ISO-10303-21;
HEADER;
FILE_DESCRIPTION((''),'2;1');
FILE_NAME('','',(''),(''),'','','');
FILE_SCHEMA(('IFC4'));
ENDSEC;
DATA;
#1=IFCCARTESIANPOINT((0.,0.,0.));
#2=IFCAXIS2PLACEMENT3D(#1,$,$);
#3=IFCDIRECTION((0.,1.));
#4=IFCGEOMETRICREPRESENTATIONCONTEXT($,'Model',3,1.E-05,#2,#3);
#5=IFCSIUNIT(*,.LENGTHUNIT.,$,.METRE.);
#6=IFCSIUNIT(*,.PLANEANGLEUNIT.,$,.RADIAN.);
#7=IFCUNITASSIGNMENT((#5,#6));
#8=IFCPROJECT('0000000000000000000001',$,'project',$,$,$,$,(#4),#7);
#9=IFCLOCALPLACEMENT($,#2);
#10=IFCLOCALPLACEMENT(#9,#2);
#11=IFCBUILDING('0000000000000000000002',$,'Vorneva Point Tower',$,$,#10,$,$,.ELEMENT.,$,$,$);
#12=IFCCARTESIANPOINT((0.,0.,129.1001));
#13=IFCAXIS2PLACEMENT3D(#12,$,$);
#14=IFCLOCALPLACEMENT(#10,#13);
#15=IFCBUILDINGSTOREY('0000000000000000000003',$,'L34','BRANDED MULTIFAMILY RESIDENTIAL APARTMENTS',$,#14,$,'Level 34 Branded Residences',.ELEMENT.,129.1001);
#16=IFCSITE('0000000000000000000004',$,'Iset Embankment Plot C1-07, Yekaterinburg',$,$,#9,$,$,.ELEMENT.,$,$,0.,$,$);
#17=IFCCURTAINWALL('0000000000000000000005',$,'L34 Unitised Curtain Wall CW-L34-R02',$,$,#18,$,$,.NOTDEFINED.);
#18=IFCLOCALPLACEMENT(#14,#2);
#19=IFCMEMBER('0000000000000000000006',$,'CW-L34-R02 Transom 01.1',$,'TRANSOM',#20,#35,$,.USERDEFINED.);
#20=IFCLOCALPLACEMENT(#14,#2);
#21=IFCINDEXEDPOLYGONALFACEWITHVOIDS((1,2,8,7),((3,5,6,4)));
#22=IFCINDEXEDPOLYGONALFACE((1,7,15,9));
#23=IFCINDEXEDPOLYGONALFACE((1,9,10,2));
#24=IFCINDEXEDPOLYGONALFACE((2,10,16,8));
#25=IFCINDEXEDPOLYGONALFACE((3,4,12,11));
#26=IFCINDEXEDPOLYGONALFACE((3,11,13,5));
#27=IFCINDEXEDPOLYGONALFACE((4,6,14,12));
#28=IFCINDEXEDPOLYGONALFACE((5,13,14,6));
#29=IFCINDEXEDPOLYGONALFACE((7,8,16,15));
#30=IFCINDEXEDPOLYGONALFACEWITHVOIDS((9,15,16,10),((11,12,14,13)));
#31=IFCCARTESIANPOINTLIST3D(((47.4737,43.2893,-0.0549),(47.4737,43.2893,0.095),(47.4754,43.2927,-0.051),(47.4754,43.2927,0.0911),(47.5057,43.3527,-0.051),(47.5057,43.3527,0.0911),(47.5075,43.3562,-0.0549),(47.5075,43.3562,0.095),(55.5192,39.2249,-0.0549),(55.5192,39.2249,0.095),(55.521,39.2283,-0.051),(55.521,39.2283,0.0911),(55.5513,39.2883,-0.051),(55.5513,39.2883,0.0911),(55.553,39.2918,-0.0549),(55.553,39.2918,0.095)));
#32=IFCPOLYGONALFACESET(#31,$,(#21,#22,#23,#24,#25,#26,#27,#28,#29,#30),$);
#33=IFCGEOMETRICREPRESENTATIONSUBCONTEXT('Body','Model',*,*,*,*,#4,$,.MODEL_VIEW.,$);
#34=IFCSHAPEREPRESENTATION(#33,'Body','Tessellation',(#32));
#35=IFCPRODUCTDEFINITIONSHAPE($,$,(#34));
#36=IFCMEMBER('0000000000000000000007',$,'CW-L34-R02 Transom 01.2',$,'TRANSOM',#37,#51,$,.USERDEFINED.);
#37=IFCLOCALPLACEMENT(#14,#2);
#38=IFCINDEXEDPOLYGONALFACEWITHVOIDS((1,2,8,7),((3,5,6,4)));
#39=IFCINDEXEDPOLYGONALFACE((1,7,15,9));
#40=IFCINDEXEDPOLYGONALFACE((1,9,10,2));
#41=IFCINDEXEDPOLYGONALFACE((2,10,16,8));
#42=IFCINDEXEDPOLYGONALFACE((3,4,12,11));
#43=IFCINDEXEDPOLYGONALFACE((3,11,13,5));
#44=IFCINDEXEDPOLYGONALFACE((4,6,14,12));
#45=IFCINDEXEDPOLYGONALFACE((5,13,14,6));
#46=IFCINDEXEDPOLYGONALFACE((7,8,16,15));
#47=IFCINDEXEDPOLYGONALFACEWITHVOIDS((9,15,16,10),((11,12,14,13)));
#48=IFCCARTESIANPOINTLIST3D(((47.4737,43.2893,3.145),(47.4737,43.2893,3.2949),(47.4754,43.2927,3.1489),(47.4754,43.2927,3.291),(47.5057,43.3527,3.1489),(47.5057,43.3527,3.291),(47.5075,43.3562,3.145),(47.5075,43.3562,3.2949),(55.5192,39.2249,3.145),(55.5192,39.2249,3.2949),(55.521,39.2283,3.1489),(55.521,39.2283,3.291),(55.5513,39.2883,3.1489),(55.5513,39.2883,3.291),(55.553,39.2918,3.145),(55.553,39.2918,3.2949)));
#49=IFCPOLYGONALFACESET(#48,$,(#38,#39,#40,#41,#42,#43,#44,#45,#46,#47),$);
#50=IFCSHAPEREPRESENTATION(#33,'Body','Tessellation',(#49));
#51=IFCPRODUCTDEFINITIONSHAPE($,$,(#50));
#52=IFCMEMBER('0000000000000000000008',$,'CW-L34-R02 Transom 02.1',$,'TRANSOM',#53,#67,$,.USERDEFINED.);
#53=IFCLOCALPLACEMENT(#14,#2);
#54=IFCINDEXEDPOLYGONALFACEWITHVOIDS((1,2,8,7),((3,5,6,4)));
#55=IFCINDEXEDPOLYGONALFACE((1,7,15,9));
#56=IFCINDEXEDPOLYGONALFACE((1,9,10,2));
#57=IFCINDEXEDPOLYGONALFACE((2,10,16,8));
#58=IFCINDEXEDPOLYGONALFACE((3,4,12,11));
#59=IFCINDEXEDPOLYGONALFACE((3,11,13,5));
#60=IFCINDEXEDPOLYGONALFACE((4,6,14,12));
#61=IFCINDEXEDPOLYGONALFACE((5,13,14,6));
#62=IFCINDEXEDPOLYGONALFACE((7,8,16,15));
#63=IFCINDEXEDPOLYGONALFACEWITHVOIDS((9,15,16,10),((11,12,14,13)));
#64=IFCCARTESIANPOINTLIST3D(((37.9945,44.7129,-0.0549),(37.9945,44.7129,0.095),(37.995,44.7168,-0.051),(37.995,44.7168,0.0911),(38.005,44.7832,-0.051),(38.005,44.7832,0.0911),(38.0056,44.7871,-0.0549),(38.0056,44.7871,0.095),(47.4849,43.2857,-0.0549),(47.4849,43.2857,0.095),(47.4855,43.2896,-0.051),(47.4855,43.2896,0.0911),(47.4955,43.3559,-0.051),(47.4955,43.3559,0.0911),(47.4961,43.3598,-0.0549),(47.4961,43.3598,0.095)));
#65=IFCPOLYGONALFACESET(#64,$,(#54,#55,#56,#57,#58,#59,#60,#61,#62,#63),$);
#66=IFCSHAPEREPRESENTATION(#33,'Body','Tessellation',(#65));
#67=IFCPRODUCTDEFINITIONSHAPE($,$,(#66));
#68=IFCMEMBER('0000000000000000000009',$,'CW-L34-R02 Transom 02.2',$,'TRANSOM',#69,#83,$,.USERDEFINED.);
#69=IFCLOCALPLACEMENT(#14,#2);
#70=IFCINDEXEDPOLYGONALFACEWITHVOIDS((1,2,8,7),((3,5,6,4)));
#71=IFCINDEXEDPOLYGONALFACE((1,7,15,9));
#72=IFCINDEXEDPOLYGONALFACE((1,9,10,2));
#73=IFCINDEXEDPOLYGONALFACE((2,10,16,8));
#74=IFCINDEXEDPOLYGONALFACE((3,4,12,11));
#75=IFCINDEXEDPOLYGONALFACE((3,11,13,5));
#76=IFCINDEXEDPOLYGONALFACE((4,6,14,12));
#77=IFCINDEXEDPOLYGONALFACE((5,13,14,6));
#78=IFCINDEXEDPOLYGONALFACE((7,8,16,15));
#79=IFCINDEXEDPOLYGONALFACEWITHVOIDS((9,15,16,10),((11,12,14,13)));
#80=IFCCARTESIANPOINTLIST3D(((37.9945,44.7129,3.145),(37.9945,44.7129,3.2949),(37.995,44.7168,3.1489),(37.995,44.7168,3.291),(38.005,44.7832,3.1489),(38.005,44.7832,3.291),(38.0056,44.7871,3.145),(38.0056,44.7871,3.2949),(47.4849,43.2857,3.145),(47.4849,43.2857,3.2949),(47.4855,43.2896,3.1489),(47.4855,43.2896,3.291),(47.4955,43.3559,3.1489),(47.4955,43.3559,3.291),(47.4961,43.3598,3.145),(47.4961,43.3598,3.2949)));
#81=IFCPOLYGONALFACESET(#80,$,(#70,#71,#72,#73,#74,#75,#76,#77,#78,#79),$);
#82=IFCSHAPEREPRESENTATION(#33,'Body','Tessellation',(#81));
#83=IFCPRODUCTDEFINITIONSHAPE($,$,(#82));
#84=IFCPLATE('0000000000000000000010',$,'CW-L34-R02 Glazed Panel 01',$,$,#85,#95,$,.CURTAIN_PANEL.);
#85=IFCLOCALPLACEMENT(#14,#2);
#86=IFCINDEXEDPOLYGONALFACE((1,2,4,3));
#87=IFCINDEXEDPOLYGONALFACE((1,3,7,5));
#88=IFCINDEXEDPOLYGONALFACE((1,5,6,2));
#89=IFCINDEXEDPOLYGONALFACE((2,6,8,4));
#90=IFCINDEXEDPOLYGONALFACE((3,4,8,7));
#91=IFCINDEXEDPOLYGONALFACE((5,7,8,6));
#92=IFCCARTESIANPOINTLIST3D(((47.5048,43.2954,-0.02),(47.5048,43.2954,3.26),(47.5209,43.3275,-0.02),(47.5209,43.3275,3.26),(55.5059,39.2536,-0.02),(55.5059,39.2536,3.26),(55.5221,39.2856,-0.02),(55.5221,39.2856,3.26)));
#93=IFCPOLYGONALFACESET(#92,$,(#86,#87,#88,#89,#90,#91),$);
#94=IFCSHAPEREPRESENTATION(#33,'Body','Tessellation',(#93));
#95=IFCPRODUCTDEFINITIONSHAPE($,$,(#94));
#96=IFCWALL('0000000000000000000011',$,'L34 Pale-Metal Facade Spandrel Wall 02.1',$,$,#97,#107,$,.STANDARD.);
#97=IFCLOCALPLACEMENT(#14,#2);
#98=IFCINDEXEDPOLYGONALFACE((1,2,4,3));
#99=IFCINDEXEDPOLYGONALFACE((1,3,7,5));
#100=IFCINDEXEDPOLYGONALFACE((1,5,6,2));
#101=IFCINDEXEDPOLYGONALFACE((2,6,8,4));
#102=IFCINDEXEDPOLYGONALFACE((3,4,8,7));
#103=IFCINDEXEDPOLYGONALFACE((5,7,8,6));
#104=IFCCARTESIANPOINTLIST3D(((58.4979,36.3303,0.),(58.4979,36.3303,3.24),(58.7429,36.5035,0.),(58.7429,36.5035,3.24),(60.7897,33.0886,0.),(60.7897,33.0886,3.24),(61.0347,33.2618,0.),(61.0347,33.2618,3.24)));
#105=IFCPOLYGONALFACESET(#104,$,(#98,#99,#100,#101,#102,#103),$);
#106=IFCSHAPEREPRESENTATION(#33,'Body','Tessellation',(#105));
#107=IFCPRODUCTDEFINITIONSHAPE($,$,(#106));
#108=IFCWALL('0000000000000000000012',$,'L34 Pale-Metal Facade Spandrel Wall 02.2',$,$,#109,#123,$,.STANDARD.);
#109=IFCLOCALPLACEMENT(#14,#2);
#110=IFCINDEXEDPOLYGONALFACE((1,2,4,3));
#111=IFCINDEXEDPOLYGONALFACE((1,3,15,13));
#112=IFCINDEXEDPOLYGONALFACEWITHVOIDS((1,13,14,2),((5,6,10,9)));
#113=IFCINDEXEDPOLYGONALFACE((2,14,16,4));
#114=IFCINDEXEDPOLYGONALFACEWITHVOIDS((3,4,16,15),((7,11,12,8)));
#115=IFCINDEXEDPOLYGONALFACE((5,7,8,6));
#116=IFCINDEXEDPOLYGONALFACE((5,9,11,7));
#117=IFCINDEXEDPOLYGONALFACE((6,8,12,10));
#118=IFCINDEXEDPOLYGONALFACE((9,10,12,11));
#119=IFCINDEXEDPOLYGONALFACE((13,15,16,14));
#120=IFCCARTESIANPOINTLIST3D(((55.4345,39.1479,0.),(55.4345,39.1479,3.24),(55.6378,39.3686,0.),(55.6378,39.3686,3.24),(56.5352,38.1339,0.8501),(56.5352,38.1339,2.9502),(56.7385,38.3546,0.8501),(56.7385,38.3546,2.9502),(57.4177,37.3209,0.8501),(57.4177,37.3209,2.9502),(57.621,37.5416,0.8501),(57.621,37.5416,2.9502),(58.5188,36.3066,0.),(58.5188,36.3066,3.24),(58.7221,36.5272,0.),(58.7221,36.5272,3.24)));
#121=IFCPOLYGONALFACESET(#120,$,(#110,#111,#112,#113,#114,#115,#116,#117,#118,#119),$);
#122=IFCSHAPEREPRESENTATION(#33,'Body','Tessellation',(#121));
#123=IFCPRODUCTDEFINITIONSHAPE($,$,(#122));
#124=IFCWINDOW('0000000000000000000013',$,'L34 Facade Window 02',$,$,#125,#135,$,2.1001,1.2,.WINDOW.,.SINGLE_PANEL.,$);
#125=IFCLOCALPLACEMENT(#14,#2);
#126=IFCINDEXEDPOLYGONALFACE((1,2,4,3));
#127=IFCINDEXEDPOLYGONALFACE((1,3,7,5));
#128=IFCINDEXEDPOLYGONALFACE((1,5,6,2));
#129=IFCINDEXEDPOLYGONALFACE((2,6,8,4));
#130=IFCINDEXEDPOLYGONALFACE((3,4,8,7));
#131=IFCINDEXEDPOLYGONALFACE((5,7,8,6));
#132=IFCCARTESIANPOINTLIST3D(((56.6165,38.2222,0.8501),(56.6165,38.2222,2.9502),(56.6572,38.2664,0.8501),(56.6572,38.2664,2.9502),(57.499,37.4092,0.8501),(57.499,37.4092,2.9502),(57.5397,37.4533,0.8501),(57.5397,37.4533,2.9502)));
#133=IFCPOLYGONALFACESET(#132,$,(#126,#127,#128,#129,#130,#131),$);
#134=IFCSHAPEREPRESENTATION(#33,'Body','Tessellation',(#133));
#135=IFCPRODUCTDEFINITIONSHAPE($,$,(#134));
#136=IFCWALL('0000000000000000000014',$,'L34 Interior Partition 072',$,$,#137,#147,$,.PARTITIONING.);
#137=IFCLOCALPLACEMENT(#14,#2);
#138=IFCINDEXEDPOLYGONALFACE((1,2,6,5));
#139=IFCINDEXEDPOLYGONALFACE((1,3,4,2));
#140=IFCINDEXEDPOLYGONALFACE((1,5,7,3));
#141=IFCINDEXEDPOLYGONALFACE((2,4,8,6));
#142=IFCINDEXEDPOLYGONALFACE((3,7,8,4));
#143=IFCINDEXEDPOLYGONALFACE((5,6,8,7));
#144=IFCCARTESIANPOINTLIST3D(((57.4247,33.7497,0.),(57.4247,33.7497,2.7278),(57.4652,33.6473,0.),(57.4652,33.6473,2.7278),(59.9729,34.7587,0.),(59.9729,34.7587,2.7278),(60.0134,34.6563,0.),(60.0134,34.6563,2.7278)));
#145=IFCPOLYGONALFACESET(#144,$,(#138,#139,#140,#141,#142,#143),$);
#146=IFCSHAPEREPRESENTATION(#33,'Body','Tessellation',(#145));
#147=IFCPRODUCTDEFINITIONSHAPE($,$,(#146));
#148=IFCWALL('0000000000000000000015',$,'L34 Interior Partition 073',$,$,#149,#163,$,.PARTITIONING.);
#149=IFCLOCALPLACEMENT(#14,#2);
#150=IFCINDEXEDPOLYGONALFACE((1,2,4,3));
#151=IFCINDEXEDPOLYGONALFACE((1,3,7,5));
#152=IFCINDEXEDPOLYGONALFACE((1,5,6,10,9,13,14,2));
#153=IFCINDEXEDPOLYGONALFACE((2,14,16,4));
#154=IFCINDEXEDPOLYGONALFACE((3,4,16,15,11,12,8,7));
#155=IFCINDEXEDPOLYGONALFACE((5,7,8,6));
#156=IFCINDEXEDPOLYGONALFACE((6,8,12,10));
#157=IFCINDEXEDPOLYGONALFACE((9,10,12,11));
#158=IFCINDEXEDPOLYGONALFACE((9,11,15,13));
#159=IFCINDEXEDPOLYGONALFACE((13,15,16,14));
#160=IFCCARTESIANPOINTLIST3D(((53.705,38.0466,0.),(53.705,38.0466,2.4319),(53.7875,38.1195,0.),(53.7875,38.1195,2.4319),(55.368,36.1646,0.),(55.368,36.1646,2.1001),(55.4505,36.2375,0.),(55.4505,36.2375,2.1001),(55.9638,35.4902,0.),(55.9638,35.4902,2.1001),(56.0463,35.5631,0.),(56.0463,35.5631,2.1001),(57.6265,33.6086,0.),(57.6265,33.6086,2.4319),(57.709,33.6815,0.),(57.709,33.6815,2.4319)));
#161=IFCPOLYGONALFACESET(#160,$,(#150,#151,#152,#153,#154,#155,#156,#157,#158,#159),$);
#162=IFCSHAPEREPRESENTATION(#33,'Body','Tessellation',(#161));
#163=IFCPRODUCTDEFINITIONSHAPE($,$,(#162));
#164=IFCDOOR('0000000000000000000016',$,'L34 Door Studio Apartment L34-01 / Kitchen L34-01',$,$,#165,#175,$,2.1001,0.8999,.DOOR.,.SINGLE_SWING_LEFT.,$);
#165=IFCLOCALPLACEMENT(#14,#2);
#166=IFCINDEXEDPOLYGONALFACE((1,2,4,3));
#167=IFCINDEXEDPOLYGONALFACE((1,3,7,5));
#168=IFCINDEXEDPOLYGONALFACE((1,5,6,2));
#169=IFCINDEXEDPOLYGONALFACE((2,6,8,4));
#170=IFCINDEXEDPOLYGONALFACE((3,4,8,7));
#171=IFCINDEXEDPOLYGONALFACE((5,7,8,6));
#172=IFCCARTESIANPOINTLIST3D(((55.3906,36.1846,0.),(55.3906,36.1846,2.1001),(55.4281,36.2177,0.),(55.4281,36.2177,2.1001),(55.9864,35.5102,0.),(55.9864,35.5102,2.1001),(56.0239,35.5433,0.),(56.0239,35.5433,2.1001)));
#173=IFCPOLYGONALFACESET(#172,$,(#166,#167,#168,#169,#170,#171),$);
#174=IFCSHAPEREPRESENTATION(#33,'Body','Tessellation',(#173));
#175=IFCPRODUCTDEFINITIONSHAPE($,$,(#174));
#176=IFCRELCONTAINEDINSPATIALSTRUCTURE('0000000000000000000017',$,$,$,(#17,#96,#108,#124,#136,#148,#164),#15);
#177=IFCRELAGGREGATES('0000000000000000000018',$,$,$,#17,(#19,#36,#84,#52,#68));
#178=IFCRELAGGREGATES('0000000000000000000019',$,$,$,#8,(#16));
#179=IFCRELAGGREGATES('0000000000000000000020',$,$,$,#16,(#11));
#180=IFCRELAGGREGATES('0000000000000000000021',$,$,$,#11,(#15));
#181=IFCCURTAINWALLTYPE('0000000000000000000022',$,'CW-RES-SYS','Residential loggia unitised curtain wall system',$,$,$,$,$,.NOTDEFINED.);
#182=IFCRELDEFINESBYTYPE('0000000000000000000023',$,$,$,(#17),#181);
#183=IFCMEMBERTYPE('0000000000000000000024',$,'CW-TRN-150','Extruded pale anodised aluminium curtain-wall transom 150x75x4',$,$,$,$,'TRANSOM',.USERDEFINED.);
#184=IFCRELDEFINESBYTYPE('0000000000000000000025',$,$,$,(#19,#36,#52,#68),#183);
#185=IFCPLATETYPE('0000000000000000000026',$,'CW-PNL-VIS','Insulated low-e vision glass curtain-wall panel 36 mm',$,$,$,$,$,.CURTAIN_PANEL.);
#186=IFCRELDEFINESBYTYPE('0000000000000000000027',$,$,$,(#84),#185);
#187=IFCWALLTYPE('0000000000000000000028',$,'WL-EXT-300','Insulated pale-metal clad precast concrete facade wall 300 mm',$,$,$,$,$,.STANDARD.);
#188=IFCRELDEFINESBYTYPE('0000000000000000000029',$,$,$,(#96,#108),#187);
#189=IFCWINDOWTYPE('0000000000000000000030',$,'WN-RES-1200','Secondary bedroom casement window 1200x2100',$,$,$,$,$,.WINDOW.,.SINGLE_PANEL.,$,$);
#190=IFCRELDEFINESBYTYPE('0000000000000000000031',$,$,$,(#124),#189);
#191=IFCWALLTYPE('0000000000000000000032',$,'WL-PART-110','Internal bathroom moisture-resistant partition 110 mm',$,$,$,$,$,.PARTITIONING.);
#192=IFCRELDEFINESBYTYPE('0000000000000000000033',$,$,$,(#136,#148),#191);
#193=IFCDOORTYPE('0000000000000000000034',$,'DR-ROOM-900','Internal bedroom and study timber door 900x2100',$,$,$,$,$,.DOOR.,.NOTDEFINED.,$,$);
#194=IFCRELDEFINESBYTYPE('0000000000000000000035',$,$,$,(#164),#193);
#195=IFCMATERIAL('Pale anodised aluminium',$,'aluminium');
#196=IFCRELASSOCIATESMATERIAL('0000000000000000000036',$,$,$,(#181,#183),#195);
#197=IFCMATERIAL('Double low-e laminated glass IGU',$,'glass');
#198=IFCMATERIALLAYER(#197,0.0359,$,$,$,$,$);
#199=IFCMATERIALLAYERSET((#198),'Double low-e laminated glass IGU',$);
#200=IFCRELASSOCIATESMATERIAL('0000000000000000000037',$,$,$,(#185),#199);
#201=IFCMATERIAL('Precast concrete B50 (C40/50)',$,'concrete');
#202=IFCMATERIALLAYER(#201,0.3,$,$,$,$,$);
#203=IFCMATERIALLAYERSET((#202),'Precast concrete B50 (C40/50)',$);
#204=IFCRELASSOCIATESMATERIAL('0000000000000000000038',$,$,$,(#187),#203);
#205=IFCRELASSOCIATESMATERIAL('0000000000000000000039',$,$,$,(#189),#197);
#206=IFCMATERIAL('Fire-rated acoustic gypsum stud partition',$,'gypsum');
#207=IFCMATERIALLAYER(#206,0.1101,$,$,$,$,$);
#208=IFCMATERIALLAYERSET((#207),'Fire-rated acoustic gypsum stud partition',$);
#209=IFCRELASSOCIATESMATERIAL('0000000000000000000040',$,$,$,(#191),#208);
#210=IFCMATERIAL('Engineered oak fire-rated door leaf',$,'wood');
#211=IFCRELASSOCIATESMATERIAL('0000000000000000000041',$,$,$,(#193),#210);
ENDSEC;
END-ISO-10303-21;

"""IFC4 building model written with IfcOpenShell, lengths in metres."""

from ifc_helpers import new_model, si_unit, direction, frame, frame_2d, origin, origin_2d, place, context, subcontext, project, spatial, rectangle, hollow_rectangle, extrude, material, layer, layer_set, material_profile, profile_set, type_object, element, fill, aggregate, save


model = new_model("IFC4")

# Units and contexts
model_context = context("Model", 3, precision=1e-05, world=origin(), true_north=direction((0.0, 1.0)))
body_context = subcontext(model_context, "Body", "Model", "MODEL_VIEW")
ifc_project = project(units=[si_unit("LENGTHUNIT", "METRE"), si_unit("PLANEANGLEUNIT", "RADIAN")], contexts=[model_context])

# Site, building, storey
site_placement = place(None, origin())
site = spatial("IfcSite", under=ifc_project, at=site_placement, Name="Iset Embankment Plot C1-07, Yekaterinburg", CompositionType="ELEMENT", RefElevation=0.0)
building_placement = place(site_placement, origin())
building = spatial("IfcBuilding", under=site, at=building_placement, Name="Vorneva Point Tower", CompositionType="ELEMENT")
storey_placement = place(building_placement, frame((0.0, 0.0, 129.1001)))
storey = spatial("IfcBuildingStorey", under=building, at=storey_placement, Name="L34", Description="BRANDED MULTIFAMILY RESIDENTIAL APARTMENTS", LongName="Level 34 Branded Residences", CompositionType="ELEMENT", Elevation=129.1001)

# Shared definitions
ifc_material_1 = material(Name="Pale anodised aluminium", Category="aluminium")
curtain_wall_type = type_object("IfcCurtainWallType", Name="CW-RES-SYS", Description="Residential loggia unitised curtain wall system", PredefinedType="NOTDEFINED", material=ifc_material_1)

# Curtain wall, members, plate
curtain_wall_1_placement = place(storey_placement, origin())
curtain_wall_1 = element("IfcCurtainWall", 1, at=curtain_wall_1_placement, inside=storey, type_object=curtain_wall_type, Name="L34 Unitised Curtain Wall CW-L34-R02", PredefinedType="NOTDEFINED")
ifc_material_profile_1 = material_profile(ifc_material_1, hollow_rectangle(XDim=0.075, YDim=0.1499, WallThickness=0.0039, at=origin_2d()), Name="AL-TRN 150x75x4")
ifc_profile_set_1 = profile_set([ifc_material_profile_1], Name="Pale anodised aluminium")
member_type_1 = type_object("IfcMemberType", Name="CW-TRN-150", Description="Extruded pale anodised aluminium curtain-wall transom 150x75x4", ElementType="TRANSOM", PredefinedType="USERDEFINED", material=ifc_profile_set_1)
member_1_placement = place(storey_placement, frame((55.5361, 39.2583, 0.02), z_axis=(-0.892572, 0.450904, 0.0), x_axis=(-0.450904, -0.892572, 0.0)))
member_1 = element("IfcMember", 2, at=member_1_placement, type_object=member_type_1, Name="CW-L34-R02 Transom 01.1", ObjectType="TRANSOM", PredefinedType="USERDEFINED", context=body_context, shape_type="SweptSolid", body=[
    extrude(hollow_rectangle(XDim=0.075, YDim=0.1499, WallThickness=0.0039, at=origin_2d()), origin(), (0.0, 0.0, 1.0), 9.0139),
])
member_2_placement = place(storey_placement, frame((55.5361, 39.2583, 3.22), z_axis=(-0.892572, 0.450904, 0.0), x_axis=(-0.450904, -0.892572, 0.0)))
member_2 = element("IfcMember", 3, at=member_2_placement, type_object=member_type_1, Name="CW-L34-R02 Transom 01.2", ObjectType="TRANSOM", PredefinedType="USERDEFINED", context=body_context, shape_type="SweptSolid", body=[
    extrude(hollow_rectangle(XDim=0.075, YDim=0.1499, WallThickness=0.0039, at=origin_2d()), origin(), (0.0, 0.0, 1.0), 9.0139),
])
member_3_placement = place(storey_placement, frame((47.4905, 43.3228, 0.02), z_axis=(-0.98888, 0.148715, 0.0), x_axis=(-0.148715, -0.98888, 0.0)))
member_3 = element("IfcMember", 4, at=member_3_placement, type_object=member_type_1, Name="CW-L34-R02 Transom 02.1", ObjectType="TRANSOM", PredefinedType="USERDEFINED", context=body_context, shape_type="SweptSolid", body=[
    extrude(hollow_rectangle(XDim=0.075, YDim=0.1499, WallThickness=0.0039, at=origin_2d()), origin(), (0.0, 0.0, 1.0), 9.5972),
])
member_4_placement = place(storey_placement, frame((47.4905, 43.3228, 3.22), z_axis=(-0.98888, 0.148715, 0.0), x_axis=(-0.148715, -0.98888, 0.0)))
member_4 = element("IfcMember", 5, at=member_4_placement, type_object=member_type_1, Name="CW-L34-R02 Transom 02.2", ObjectType="TRANSOM", PredefinedType="USERDEFINED", context=body_context, shape_type="SweptSolid", body=[
    extrude(hollow_rectangle(XDim=0.075, YDim=0.1499, WallThickness=0.0039, at=origin_2d()), origin(), (0.0, 0.0, 1.0), 9.5972),
])
ifc_material_2 = material(Name="Double low-e laminated glass IGU", Category="glass")
ifc_layer_1 = layer(ifc_material_2, 0.0359)
ifc_layer_set_1 = layer_set([ifc_layer_1], Name="Double low-e laminated glass IGU")
plate_type = type_object("IfcPlateType", Name="CW-PNL-VIS", Description="Insulated low-e vision glass curtain-wall panel 36 mm", PredefinedType="CURTAIN_PANEL", material=ifc_layer_set_1)
plate_placement = place(storey_placement, frame((51.5134, 41.2905, -0.02), z_axis=(0.0, 0.0, 1.0), x_axis=(-0.892578, 0.450893, 0.0)))
plate = element("IfcPlate", 6, at=plate_placement, type_object=plate_type, Name="CW-L34-R02 Glazed Panel 01", PredefinedType="CURTAIN_PANEL", context=body_context, shape_type="SweptSolid", body=[
    extrude(rectangle(XDim=8.9641, YDim=0.0359, at=origin_2d()), origin(), (0.0, 0.0, 1.0), 3.28),
])
aggregate(curtain_wall_1, [member_1, member_2, plate, member_3, member_4])

# Wall
ifc_material_3 = material(Name="Precast concrete B50 (C40/50)", Category="concrete")
ifc_layer_2 = layer(ifc_material_3, 0.3)
ifc_layer_set_2 = layer_set([ifc_layer_2], Name="Precast concrete B50 (C40/50)")
wall_type_1 = type_object("IfcWallType", Name="WL-EXT-300", Description="Insulated pale-metal clad precast concrete facade wall 300 mm", PredefinedType="STANDARD", material=ifc_layer_set_2)
wall_1_placement = place(storey_placement, frame((60.9121, 33.1753, 0.0), z_axis=(0.0, 0.0, 1.0), x_axis=(-0.57727, 0.816554, 0.0)))
element("IfcWall", 7, at=wall_1_placement, inside=storey, type_object=wall_type_1, Name="L34 Pale-Metal Facade Spandrel Wall 02.1", PredefinedType="STANDARD", context=body_context, shape_type="SweptSolid", body=[
    extrude(rectangle(XDim=3.97, YDim=0.3, at=frame_2d((1.9849, 0.0))), origin(), (0.0, 0.0, 1.0), 3.24),
])

# Wall, opening, window
wall_2_placement = place(storey_placement, frame((58.6204, 36.417, 0.0), z_axis=(0.0, 0.0, 1.0), x_axis=(-0.735477, 0.67755, 0.0)))
wall_2 = element("IfcWall", 8, at=wall_2_placement, inside=storey, type_object=wall_type_1, Name="L34 Pale-Metal Facade Spandrel Wall 02.2", PredefinedType="STANDARD", context=body_context, shape_type="SweptSolid", body=[
    extrude(rectangle(XDim=4.1936, YDim=0.3, at=frame_2d((2.0967, 0.0))), origin(), (0.0, 0.0, 1.0), 3.24),
])
opening_1_placement = place(wall_2_placement, frame((1.4968, 0.0, 0.8501)))
opening_1 = element("IfcOpeningElement", 9, at=opening_1_placement, cuts=wall_2, PredefinedType="OPENING", context=body_context, shape_type="SweptSolid", body=[
    extrude(rectangle(XDim=1.2, YDim=2.1001, at=frame_2d((0.6001, 1.05))), frame((0.0, 0.165, 0.0), z_axis=(0.0, -1.0, 0.0), x_axis=(1.0, 0.0, 0.0)), (0.0, 0.0, 1.0), 0.3298),
])
window_type = type_object("IfcWindowType", Name="WN-RES-1200", Description="Secondary bedroom casement window 1200x2100", PartitioningType="SINGLE_PANEL", PredefinedType="WINDOW", material=ifc_material_2)
window_placement = place(opening_1_placement, origin())
window = element("IfcWindow", 10, at=window_placement, inside=storey, type_object=window_type, Name="L34 Facade Window 02", OverallHeight=2.1001, OverallWidth=1.2, PartitioningType="SINGLE_PANEL", PredefinedType="WINDOW", context=body_context, shape_type="SweptSolid", body=[
    extrude(rectangle(XDim=1.2, YDim=2.1001, at=frame_2d((0.6001, 1.05))), frame((0.0, 0.03, 0.0), z_axis=(0.0, -1.0, 0.0), x_axis=(1.0, 0.0, 0.0)), (0.0, 0.0, 1.0), 0.0601),
])
fill(opening_1, window)

# Wall
ifc_material_4 = material(Name="Fire-rated acoustic gypsum stud partition", Category="gypsum")
ifc_layer_3 = layer(ifc_material_4, 0.1101)
ifc_layer_set_3 = layer_set([ifc_layer_3], Name="Fire-rated acoustic gypsum stud partition")
wall_type_2 = type_object("IfcWallType", Name="WL-PART-110", Description="Internal bathroom moisture-resistant partition 110 mm", PredefinedType="PARTITIONING", material=ifc_layer_set_3)
wall_3_placement = place(storey_placement, frame((59.9932, 34.7075, 0.0), z_axis=(0.0, 0.0, 1.0), x_axis=(-0.929767, -0.368148, 0.0)))
element("IfcWall", 11, at=wall_3_placement, inside=storey, type_object=wall_type_2, Name="L34 Interior Partition 072", PredefinedType="PARTITIONING", context=body_context, shape_type="SweptSolid", body=[
    extrude(rectangle(XDim=2.7407, YDim=0.1101, at=frame_2d((1.3704, 0.0))), origin(), (0.0, 0.0, 1.0), 2.7278),
])

# Wall, opening, door
wall_4_placement = place(storey_placement, frame((57.6677, 33.645, 0.0), z_axis=(0.0, 0.0, 1.0), x_axis=(-0.662145, 0.749376, 0.0)))
wall_4 = element("IfcWall", 12, at=wall_4_placement, inside=storey, type_object=wall_type_2, Name="L34 Interior Partition 073", PredefinedType="PARTITIONING", context=body_context, shape_type="SweptSolid", body=[
    extrude(rectangle(XDim=5.9224, YDim=0.1101, at=frame_2d((2.9612, 0.0))), origin(), (0.0, 0.0, 1.0), 2.4319),
])
opening_2_placement = place(wall_4_placement, frame((2.511, 0.0, 0.0)))
opening_2 = element("IfcOpeningElement", 13, at=opening_2_placement, cuts=wall_4, PredefinedType="OPENING", context=body_context, shape_type="SweptSolid", body=[
    extrude(rectangle(XDim=0.8999, YDim=2.1001, at=frame_2d((0.45, 1.05))), frame((0.0, 0.0698, 0.0), z_axis=(0.0, -1.0, 0.0), x_axis=(1.0, 0.0, 0.0)), (0.0, 0.0, 1.0), 0.1399),
])
ifc_material_5 = material(Name="Engineered oak fire-rated door leaf", Category="wood")
door_type = type_object("IfcDoorType", Name="DR-ROOM-900", Description="Internal bedroom and study timber door 900x2100", OperationType="NOTDEFINED", PredefinedType="DOOR", material=ifc_material_5)
door_placement = place(opening_2_placement, origin())
door = element("IfcDoor", 14, at=door_placement, inside=storey, type_object=door_type, Name="L34 Door Studio Apartment L34-01 / Kitchen L34-01", OperationType="SINGLE_SWING_LEFT", OverallHeight=2.1001, OverallWidth=0.8999, PredefinedType="DOOR", context=body_context, shape_type="SweptSolid", body=[
    extrude(rectangle(XDim=0.8999, YDim=2.1001, at=frame_2d((0.45, 1.05))), frame((0.0, 0.0249, 0.0), z_axis=(0.0, -1.0, 0.0), x_axis=(1.0, 0.0, 0.0)), (0.0, 0.0, 1.0), 0.05),
])
fill(opening_2, door)

save(model, "model.ifc")
